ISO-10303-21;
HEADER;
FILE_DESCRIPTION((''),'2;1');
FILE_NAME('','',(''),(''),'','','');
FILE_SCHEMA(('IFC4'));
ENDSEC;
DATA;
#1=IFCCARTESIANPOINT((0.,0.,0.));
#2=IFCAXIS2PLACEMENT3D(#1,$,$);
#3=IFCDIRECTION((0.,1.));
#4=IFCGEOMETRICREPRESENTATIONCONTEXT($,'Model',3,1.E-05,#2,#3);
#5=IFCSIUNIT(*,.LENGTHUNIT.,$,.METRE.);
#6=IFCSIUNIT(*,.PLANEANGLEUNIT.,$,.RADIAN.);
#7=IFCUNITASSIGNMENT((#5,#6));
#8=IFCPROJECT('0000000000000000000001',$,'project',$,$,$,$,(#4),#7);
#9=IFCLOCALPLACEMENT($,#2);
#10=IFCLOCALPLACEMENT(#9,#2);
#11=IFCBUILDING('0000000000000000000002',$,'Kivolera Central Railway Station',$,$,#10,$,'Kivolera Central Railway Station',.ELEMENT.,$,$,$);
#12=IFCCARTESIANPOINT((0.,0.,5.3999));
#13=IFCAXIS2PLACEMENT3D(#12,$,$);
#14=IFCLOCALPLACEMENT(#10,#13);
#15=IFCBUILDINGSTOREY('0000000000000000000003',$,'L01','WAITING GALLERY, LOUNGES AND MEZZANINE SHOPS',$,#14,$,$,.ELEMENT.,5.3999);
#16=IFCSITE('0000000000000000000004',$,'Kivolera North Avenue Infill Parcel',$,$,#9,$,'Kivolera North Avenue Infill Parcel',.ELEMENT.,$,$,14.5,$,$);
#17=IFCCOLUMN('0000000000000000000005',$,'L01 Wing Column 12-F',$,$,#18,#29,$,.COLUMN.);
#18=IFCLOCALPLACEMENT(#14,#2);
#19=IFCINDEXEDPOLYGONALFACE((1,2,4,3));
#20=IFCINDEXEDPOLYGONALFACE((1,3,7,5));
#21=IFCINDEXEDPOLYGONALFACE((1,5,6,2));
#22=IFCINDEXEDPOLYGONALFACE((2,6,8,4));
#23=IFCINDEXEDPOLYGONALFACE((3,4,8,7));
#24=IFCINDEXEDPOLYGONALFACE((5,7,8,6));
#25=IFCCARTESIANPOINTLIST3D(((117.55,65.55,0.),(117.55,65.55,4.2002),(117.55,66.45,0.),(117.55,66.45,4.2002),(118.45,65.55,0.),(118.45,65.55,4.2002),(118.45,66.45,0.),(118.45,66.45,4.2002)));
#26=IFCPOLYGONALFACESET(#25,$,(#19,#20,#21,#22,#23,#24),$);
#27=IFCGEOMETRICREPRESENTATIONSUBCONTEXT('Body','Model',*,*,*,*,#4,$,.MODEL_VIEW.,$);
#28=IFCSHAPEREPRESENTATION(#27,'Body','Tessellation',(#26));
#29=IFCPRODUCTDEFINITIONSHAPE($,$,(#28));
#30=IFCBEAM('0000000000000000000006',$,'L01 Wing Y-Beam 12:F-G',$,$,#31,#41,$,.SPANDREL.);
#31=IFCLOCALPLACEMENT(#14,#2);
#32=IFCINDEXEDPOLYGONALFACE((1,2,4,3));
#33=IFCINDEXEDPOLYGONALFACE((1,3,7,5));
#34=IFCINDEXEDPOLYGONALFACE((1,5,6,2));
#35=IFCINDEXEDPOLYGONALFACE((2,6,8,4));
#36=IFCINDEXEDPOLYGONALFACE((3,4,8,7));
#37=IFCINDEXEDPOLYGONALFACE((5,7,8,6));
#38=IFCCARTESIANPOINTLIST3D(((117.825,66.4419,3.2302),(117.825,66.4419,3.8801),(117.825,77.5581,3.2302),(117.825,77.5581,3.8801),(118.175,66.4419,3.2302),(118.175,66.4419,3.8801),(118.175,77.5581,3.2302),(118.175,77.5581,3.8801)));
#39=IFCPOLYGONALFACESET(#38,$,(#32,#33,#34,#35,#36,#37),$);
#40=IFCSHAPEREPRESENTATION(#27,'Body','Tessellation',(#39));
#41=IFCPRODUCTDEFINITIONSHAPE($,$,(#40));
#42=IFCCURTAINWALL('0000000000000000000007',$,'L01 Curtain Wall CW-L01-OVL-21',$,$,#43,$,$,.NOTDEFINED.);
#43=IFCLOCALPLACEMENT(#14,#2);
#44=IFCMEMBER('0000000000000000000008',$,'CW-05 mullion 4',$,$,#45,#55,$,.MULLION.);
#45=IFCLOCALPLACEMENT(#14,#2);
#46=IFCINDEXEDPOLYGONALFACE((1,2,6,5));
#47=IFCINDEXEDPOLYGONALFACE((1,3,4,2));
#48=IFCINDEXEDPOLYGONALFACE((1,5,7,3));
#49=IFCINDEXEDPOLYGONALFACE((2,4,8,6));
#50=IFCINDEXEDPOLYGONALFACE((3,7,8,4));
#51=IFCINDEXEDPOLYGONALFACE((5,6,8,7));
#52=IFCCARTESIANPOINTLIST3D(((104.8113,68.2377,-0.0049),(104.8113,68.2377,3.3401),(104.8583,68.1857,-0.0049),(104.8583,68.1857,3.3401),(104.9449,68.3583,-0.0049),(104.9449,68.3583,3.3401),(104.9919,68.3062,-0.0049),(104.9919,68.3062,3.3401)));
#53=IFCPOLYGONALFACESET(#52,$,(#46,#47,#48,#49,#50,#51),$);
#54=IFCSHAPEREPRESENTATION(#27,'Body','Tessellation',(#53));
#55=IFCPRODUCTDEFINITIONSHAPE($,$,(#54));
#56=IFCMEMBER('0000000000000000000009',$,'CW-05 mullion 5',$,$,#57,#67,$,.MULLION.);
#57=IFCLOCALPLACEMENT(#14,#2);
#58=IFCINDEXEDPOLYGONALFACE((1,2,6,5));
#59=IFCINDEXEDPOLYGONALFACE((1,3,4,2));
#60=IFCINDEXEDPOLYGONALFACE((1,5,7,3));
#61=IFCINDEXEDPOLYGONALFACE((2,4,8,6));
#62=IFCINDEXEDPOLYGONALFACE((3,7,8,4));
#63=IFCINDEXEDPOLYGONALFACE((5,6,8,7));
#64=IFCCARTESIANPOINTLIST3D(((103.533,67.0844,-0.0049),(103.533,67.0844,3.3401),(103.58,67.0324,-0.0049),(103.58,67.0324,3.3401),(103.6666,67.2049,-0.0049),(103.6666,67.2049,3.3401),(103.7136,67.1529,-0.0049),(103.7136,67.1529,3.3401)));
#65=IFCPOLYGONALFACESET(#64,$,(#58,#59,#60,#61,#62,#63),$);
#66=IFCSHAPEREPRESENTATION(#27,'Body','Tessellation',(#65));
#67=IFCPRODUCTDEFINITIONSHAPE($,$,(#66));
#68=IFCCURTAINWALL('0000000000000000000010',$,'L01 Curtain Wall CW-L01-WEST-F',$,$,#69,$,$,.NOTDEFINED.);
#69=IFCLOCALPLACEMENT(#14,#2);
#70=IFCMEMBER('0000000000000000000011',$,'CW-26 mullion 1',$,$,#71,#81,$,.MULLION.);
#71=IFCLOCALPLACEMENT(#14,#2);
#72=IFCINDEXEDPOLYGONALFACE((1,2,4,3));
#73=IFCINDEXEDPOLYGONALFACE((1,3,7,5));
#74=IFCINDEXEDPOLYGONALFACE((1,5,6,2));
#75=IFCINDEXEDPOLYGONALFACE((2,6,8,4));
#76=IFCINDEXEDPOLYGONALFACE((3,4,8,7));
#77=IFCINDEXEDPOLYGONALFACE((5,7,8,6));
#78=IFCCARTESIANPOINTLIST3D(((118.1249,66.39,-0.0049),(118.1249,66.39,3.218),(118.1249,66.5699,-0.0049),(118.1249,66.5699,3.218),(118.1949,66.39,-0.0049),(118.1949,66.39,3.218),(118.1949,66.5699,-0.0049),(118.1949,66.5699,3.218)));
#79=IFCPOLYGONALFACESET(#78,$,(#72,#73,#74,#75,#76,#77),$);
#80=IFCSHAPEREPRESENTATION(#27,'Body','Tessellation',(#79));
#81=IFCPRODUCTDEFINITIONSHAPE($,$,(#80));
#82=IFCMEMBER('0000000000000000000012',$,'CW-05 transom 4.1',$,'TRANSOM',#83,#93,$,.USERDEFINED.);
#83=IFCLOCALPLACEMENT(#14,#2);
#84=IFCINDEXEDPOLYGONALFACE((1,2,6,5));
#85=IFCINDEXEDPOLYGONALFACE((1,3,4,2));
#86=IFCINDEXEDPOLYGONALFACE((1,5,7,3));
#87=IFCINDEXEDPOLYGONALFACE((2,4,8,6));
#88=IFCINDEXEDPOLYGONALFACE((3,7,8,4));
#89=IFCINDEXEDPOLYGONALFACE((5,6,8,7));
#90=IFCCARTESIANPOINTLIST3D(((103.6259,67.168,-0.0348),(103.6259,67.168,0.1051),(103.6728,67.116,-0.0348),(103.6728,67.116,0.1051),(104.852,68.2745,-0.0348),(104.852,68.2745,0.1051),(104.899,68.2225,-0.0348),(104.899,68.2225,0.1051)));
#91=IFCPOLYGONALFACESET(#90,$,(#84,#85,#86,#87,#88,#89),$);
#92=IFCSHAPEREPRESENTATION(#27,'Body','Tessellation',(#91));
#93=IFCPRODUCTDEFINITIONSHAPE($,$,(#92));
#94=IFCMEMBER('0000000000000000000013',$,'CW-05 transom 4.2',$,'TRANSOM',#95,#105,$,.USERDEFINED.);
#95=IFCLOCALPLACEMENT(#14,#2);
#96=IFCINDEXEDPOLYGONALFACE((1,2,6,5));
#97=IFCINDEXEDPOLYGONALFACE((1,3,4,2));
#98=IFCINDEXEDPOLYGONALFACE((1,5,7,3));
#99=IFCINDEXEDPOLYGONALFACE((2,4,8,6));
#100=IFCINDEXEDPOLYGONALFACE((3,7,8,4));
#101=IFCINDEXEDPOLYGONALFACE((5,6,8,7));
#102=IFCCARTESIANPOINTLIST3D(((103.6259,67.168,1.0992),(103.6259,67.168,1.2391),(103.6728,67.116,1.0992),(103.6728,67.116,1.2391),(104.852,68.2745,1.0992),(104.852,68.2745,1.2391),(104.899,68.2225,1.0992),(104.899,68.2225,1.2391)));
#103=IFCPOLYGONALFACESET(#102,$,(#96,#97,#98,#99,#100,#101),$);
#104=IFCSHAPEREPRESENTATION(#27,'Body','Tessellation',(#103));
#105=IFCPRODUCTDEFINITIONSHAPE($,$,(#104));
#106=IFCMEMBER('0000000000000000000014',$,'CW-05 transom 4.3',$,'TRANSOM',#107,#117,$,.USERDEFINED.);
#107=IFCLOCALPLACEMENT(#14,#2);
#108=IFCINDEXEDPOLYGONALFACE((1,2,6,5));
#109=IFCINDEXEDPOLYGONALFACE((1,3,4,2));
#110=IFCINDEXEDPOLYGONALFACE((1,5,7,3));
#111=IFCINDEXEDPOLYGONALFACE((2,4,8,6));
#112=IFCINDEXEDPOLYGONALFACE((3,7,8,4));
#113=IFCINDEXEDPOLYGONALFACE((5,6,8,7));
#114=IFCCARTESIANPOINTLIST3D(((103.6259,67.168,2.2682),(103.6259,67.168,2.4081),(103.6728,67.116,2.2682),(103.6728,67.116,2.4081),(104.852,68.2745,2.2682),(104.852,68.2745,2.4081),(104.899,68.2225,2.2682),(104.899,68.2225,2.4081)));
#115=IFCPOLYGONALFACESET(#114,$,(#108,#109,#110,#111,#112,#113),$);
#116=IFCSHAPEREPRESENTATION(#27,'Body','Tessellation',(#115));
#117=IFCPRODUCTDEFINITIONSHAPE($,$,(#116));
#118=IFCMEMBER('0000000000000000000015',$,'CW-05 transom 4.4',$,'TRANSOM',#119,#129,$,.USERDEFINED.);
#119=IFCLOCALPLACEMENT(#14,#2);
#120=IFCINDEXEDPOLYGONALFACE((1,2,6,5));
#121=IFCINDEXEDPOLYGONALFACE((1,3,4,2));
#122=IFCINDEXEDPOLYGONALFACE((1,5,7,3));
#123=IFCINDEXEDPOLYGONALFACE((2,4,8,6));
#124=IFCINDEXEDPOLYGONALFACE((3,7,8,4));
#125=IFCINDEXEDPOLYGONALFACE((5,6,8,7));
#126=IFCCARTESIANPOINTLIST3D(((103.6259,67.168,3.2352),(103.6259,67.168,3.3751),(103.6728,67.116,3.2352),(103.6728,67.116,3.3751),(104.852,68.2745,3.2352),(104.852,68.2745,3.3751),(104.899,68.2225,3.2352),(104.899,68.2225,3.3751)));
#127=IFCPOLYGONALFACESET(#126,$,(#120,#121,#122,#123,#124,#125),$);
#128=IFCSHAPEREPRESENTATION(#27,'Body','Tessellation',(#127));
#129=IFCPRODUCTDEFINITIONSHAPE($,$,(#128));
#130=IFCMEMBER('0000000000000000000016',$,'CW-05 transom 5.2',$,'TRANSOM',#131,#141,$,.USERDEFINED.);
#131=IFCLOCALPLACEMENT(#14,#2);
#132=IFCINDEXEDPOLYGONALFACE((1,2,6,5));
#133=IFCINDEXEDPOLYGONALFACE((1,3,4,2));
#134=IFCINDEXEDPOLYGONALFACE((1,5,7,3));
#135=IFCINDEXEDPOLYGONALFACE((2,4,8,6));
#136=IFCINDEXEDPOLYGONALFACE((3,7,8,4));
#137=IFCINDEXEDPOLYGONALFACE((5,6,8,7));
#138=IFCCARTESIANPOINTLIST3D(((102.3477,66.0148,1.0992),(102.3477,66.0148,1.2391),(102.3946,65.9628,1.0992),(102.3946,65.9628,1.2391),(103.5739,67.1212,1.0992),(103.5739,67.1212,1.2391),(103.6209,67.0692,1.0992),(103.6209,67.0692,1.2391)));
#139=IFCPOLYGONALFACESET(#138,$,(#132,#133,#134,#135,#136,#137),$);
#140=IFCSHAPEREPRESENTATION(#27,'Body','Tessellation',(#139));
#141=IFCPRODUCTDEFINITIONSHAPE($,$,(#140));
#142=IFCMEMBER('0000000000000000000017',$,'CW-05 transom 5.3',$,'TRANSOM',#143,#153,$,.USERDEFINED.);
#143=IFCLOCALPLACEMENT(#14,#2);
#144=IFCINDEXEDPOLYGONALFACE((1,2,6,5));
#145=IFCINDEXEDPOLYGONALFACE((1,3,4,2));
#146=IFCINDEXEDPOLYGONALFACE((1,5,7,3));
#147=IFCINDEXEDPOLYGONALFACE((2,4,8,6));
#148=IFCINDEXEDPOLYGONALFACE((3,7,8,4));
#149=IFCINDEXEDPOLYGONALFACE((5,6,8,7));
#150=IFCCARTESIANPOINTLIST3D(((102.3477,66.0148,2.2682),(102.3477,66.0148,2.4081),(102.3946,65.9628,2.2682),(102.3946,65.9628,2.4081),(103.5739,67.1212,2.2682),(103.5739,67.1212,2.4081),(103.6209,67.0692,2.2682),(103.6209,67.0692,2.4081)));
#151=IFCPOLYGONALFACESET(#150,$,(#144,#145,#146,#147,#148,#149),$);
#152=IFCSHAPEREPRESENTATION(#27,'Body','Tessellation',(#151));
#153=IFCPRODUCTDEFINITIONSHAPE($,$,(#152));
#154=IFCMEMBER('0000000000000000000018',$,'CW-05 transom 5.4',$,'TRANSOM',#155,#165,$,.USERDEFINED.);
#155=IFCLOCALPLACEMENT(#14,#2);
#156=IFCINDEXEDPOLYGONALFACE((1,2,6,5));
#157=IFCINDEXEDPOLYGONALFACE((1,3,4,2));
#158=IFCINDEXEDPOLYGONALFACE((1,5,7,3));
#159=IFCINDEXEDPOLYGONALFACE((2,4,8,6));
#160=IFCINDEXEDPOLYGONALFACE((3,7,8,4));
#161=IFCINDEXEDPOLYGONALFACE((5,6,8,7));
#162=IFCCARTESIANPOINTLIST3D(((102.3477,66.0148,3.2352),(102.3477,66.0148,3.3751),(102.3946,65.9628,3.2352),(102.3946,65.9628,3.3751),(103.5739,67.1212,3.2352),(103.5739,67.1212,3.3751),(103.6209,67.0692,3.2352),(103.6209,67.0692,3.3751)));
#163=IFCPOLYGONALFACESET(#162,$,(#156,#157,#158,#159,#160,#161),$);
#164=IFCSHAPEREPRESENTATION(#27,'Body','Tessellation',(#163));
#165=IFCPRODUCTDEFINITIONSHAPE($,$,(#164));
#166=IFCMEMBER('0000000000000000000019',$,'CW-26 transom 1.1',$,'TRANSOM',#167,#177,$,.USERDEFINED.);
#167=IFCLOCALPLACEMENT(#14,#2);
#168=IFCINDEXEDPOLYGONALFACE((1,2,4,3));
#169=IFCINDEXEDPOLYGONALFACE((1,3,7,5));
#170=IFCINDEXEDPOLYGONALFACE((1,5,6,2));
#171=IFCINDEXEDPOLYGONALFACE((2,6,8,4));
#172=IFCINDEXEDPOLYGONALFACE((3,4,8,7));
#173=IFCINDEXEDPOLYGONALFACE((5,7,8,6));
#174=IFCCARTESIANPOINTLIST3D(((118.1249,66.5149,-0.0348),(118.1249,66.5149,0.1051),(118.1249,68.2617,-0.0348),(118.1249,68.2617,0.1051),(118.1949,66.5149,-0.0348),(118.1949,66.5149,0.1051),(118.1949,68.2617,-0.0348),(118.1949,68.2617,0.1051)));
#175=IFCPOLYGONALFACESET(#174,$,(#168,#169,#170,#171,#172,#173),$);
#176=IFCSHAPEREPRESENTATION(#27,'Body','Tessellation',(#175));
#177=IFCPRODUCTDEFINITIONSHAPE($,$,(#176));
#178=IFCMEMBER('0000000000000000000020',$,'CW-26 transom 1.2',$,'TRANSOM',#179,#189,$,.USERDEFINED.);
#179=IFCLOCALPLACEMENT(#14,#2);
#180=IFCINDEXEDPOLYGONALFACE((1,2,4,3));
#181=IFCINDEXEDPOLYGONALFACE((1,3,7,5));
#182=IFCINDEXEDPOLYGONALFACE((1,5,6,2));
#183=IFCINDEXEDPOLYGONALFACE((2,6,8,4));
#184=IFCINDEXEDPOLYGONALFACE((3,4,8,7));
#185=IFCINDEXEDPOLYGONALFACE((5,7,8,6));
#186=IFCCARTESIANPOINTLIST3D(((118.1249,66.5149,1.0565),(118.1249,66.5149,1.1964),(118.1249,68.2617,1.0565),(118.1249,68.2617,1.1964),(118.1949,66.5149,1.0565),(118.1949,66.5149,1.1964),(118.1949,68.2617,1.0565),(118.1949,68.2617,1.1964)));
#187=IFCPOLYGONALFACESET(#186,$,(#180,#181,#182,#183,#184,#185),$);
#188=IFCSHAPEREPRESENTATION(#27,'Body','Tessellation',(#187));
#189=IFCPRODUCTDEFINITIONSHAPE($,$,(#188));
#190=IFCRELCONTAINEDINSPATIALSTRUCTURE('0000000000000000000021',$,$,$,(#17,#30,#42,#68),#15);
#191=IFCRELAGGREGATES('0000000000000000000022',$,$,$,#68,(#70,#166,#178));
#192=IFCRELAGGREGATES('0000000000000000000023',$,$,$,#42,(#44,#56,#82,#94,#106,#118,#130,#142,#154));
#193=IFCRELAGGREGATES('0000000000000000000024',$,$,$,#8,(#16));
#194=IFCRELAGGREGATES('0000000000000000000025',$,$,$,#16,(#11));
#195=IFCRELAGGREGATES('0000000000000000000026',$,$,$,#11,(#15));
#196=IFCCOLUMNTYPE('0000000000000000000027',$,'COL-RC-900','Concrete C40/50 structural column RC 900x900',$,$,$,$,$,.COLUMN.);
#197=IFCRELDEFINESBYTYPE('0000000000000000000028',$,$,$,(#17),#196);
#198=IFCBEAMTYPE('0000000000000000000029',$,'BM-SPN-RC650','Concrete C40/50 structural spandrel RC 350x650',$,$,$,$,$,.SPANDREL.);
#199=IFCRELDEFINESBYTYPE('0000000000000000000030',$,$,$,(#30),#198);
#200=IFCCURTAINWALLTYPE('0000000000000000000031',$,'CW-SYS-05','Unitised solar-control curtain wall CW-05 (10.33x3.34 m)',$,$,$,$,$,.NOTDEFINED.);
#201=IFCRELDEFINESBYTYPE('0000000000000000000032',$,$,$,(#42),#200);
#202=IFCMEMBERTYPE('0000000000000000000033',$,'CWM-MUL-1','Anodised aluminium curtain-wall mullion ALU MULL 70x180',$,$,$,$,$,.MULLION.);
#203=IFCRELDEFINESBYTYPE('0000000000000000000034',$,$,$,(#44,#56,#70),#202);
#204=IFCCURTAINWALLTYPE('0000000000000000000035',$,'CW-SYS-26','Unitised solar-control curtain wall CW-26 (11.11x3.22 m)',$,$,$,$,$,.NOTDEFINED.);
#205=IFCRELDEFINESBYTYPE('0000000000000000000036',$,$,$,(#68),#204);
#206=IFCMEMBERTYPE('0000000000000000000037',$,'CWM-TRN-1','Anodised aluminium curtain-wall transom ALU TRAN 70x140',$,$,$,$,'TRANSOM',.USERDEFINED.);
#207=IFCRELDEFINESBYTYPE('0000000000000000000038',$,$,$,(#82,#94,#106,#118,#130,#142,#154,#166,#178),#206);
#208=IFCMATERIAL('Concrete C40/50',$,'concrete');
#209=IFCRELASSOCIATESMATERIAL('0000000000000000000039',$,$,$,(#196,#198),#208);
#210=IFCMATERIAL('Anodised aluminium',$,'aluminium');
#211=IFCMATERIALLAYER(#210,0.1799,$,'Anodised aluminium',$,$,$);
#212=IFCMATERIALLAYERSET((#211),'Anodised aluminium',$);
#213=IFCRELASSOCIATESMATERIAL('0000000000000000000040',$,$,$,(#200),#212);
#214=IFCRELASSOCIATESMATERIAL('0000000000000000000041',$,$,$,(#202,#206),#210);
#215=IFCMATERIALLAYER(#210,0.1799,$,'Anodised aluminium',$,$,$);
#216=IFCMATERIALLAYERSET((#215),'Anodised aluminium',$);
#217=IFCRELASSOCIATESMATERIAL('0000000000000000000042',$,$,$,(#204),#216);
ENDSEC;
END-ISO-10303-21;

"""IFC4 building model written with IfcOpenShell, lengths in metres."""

from ifc_helpers import new_model, si_unit, direction, frame, origin, origin_2d, place, context, subcontext, project, spatial, rectangle, extrude, material, layer, layer_set, material_profile, profile_set, type_object, element, aggregate, save


model = new_model("IFC4")

# Units and contexts
model_context = context("Model", 3, precision=1e-05, world=origin(), true_north=direction((0.0, 1.0)))
body_context = subcontext(model_context, "Body", "Model", "MODEL_VIEW")
ifc_project = project(units=[si_unit("LENGTHUNIT", "METRE"), si_unit("PLANEANGLEUNIT", "RADIAN")], contexts=[model_context])

# Site, building, storey
site_placement = place(None, origin())
site = spatial("IfcSite", under=ifc_project, at=site_placement, Name="Kivolera North Avenue Infill Parcel", LongName="Kivolera North Avenue Infill Parcel", CompositionType="ELEMENT", RefElevation=14.5)
building_placement = place(site_placement, origin())
building = spatial("IfcBuilding", under=site, at=building_placement, Name="Kivolera Central Railway Station", LongName="Kivolera Central Railway Station", CompositionType="ELEMENT")
storey_placement = place(building_placement, frame((0.0, 0.0, 5.3999)))
storey = spatial("IfcBuildingStorey", under=building, at=storey_placement, Name="L01", Description="WAITING GALLERY, LOUNGES AND MEZZANINE SHOPS", CompositionType="ELEMENT", Elevation=5.3999)

# Column
ifc_material_1 = material(Name="Concrete C40/50", Category="concrete")
ifc_material_profile_1 = material_profile(ifc_material_1, rectangle(XDim=0.8999, YDim=0.8999, at=origin_2d()), Name="RC 900x900")
ifc_profile_set_1 = profile_set([ifc_material_profile_1], Name="Concrete C40/50")
column_type = type_object("IfcColumnType", Name="COL-RC-900", Description="Concrete C40/50 structural column RC 900x900", PredefinedType="COLUMN", material=ifc_profile_set_1)
column_placement = place(storey_placement, frame((118.0, 66.0, 0.0), z_axis=(0.0, 0.0, 1.0), x_axis=(1.0, 0.0, 0.0)))
element("IfcColumn", 1, at=column_placement, inside=storey, type_object=column_type, Name="L01 Wing Column 12-F", PredefinedType="COLUMN", context=body_context, shape_type="SweptSolid", body=[
    extrude(rectangle(XDim=0.8999, YDim=0.8999, at=origin_2d()), origin(), (0.0, 0.0, 1.0), 4.2002),
])

# Beam
ifc_material_profile_2 = material_profile(ifc_material_1, rectangle(XDim=0.3501, YDim=0.6499, at=origin_2d()), Name="RC 350x650")
ifc_profile_set_2 = profile_set([ifc_material_profile_2], Name="Concrete C40/50")
beam_type = type_object("IfcBeamType", Name="BM-SPN-RC650", Description="Concrete C40/50 structural spandrel RC 350x650", PredefinedType="SPANDREL", material=ifc_profile_set_2)
beam_placement = place(storey_placement, frame((118.0, 66.4419, 3.5552), z_axis=(0.0, 1.0, 0.0), x_axis=(-1.0, 0.0, 0.0)))
element("IfcBeam", 2, at=beam_placement, inside=storey, type_object=beam_type, Name="L01 Wing Y-Beam 12:F-G", PredefinedType="SPANDREL", context=body_context, shape_type="SweptSolid", body=[
    extrude(rectangle(XDim=0.3501, YDim=0.6499, at=origin_2d()), origin(), (0.0, 0.0, 1.0), 11.1162),
])

# Curtain wall, members
ifc_material_2 = material(Name="Anodised aluminium", Category="aluminium")
ifc_layer_1 = layer(ifc_material_2, 0.1799, Name="Anodised aluminium")
ifc_layer_set_1 = layer_set([ifc_layer_1], Name="Anodised aluminium")
curtain_wall_type_1 = type_object("IfcCurtainWallType", Name="CW-SYS-05", Description="Unitised solar-control curtain wall CW-05 (10.33x3.34 m)", PredefinedType="NOTDEFINED", material=ifc_layer_set_1)
curtain_wall_1_placement = place(storey_placement, origin())
curtain_wall_1 = element("IfcCurtainWall", 3, at=curtain_wall_1_placement, inside=storey, type_object=curtain_wall_type_1, Name="L01 Curtain Wall CW-L01-OVL-21", PredefinedType="NOTDEFINED")
ifc_material_profile_3 = material_profile(ifc_material_2, rectangle(XDim=0.0701, YDim=0.1799, at=origin_2d()), Name="ALU MULL 70x180")
ifc_profile_set_3 = profile_set([ifc_material_profile_3], Name="Anodised aluminium")
member_type_1 = type_object("IfcMemberType", Name="CWM-MUL-1", Description="Anodised aluminium curtain-wall mullion ALU MULL 70x180", PredefinedType="MULLION", material=ifc_profile_set_3)
member_1_placement = place(storey_placement, frame((104.9016, 68.272, -0.0049), z_axis=(0.0, 0.0, 1.0), x_axis=(0.669922, -0.742432, 0.0)))
member_1 = element("IfcMember", 4, at=member_1_placement, type_object=member_type_1, Name="CW-05 mullion 4", PredefinedType="MULLION", context=body_context, shape_type="SweptSolid", body=[
    extrude(rectangle(XDim=0.0701, YDim=0.1799, at=origin_2d()), origin(), (0.0, 0.0, 1.0), 3.345),
])
member_2_placement = place(storey_placement, frame((103.6233, 67.1187, -0.0049), z_axis=(0.0, 0.0, 1.0), x_axis=(0.669922, -0.742432, 0.0)))
member_2 = element("IfcMember", 5, at=member_2_placement, type_object=member_type_1, Name="CW-05 mullion 5", PredefinedType="MULLION", context=body_context, shape_type="SweptSolid", body=[
    extrude(rectangle(XDim=0.0701, YDim=0.1799, at=origin_2d()), origin(), (0.0, 0.0, 1.0), 3.345),
])

# Curtain wall, member
ifc_layer_2 = layer(ifc_material_2, 0.1799, Name="Anodised aluminium")
ifc_layer_set_2 = layer_set([ifc_layer_2], Name="Anodised aluminium")
curtain_wall_type_2 = type_object("IfcCurtainWallType", Name="CW-SYS-26", Description="Unitised solar-control curtain wall CW-26 (11.11x3.22 m)", PredefinedType="NOTDEFINED", material=ifc_layer_set_2)
curtain_wall_2_placement = place(storey_placement, origin())
curtain_wall_2 = element("IfcCurtainWall", 6, at=curtain_wall_2_placement, inside=storey, type_object=curtain_wall_type_2, Name="L01 Curtain Wall CW-L01-WEST-F", PredefinedType="NOTDEFINED")
member_3_placement = place(storey_placement, frame((118.1599, 66.48, -0.0049), z_axis=(0.0, 0.0, 1.0), x_axis=(-1.0, 0.0, 0.0)))
member_3 = element("IfcMember", 7, at=member_3_placement, type_object=member_type_1, Name="CW-26 mullion 1", PredefinedType="MULLION", context=body_context, shape_type="SweptSolid", body=[
    extrude(rectangle(XDim=0.0701, YDim=0.1799, at=origin_2d()), origin(), (0.0, 0.0, 1.0), 3.2229),
])

# Members
ifc_material_profile_4 = material_profile(ifc_material_2, rectangle(XDim=0.0701, YDim=0.1399, at=origin_2d()), Name="ALU TRAN 70x140")
ifc_profile_set_4 = profile_set([ifc_material_profile_4], Name="Anodised aluminium")
member_type_2 = type_object("IfcMemberType", Name="CWM-TRN-1", Description="Anodised aluminium curtain-wall transom ALU TRAN 70x140", ElementType="TRANSOM", PredefinedType="USERDEFINED", material=ifc_profile_set_4)
member_4_placement = place(storey_placement, frame((104.8755, 68.2485, 0.0352), z_axis=(-0.742397, -0.669961, 0.0), x_axis=(0.669961, -0.742397, 0.0)))
member_4 = element("IfcMember", 8, at=member_4_placement, type_object=member_type_2, Name="CW-05 transom 4.1", ObjectType="TRANSOM", PredefinedType="USERDEFINED", context=body_context, shape_type="SweptSolid", body=[
    extrude(rectangle(XDim=0.0701, YDim=0.1399, at=origin_2d()), origin(), (0.0, 0.0, 1.0), 1.6516),
])
member_5_placement = place(storey_placement, frame((104.8755, 68.2485, 1.1692), z_axis=(-0.742397, -0.669961, 0.0), x_axis=(0.669961, -0.742397, 0.0)))
member_5 = element("IfcMember", 9, at=member_5_placement, type_object=member_type_2, Name="CW-05 transom 4.2", ObjectType="TRANSOM", PredefinedType="USERDEFINED", context=body_context, shape_type="SweptSolid", body=[
    extrude(rectangle(XDim=0.0701, YDim=0.1399, at=origin_2d()), origin(), (0.0, 0.0, 1.0), 1.6516),
])
member_6_placement = place(storey_placement, frame((104.8755, 68.2485, 2.3381), z_axis=(-0.742397, -0.669961, 0.0), x_axis=(0.669961, -0.742397, 0.0)))
member_6 = element("IfcMember", 10, at=member_6_placement, type_object=member_type_2, Name="CW-05 transom 4.3", ObjectType="TRANSOM", PredefinedType="USERDEFINED", context=body_context, shape_type="SweptSolid", body=[
    extrude(rectangle(XDim=0.0701, YDim=0.1399, at=origin_2d()), origin(), (0.0, 0.0, 1.0), 1.6516),
])
member_7_placement = place(storey_placement, frame((104.8755, 68.2485, 3.3052), z_axis=(-0.742397, -0.669961, 0.0), x_axis=(0.669961, -0.742397, 0.0)))
member_7 = element("IfcMember", 11, at=member_7_placement, type_object=member_type_2, Name="CW-05 transom 4.4", ObjectType="TRANSOM", PredefinedType="USERDEFINED", context=body_context, shape_type="SweptSolid", body=[
    extrude(rectangle(XDim=0.0701, YDim=0.1399, at=origin_2d()), origin(), (0.0, 0.0, 1.0), 1.6516),
])
member_8_placement = place(storey_placement, frame((103.5974, 67.0952, 1.1692), z_axis=(-0.742463, -0.669887, 0.0), x_axis=(0.669887, -0.742463, 0.0)))
member_8 = element("IfcMember", 12, at=member_8_placement, type_object=member_type_2, Name="CW-05 transom 5.2", ObjectType="TRANSOM", PredefinedType="USERDEFINED", context=body_context, shape_type="SweptSolid", body=[
    extrude(rectangle(XDim=0.0701, YDim=0.1399, at=origin_2d()), origin(), (0.0, 0.0, 1.0), 1.6516),
])
member_9_placement = place(storey_placement, frame((103.5974, 67.0952, 2.3381), z_axis=(-0.742463, -0.669887, 0.0), x_axis=(0.669887, -0.742463, 0.0)))
member_9 = element("IfcMember", 13, at=member_9_placement, type_object=member_type_2, Name="CW-05 transom 5.3", ObjectType="TRANSOM", PredefinedType="USERDEFINED", context=body_context, shape_type="SweptSolid", body=[
    extrude(rectangle(XDim=0.0701, YDim=0.1399, at=origin_2d()), origin(), (0.0, 0.0, 1.0), 1.6516),
])
member_10_placement = place(storey_placement, frame((103.5974, 67.0952, 3.3052), z_axis=(-0.742463, -0.669887, 0.0), x_axis=(0.669887, -0.742463, 0.0)))
member_10 = element("IfcMember", 14, at=member_10_placement, type_object=member_type_2, Name="CW-05 transom 5.4", ObjectType="TRANSOM", PredefinedType="USERDEFINED", context=body_context, shape_type="SweptSolid", body=[
    extrude(rectangle(XDim=0.0701, YDim=0.1399, at=origin_2d()), origin(), (0.0, 0.0, 1.0), 1.6516),
])
member_11_placement = place(storey_placement, frame((118.1599, 66.5149, 0.0352), z_axis=(0.0, 1.0, 0.0), x_axis=(-1.0, 0.0, 0.0)))
member_11 = element("IfcMember", 15, at=member_11_placement, type_object=member_type_2, Name="CW-26 transom 1.1", ObjectType="TRANSOM", PredefinedType="USERDEFINED", context=body_context, shape_type="SweptSolid", body=[
    extrude(rectangle(XDim=0.0701, YDim=0.1399, at=origin_2d()), origin(), (0.0, 0.0, 1.0), 1.7468),
])
member_12_placement = place(storey_placement, frame((118.1599, 66.5149, 1.1265), z_axis=(0.0, 1.0, 0.0), x_axis=(-1.0, 0.0, 0.0)))
member_12 = element("IfcMember", 16, at=member_12_placement, type_object=member_type_2, Name="CW-26 transom 1.2", ObjectType="TRANSOM", PredefinedType="USERDEFINED", context=body_context, shape_type="SweptSolid", body=[
    extrude(rectangle(XDim=0.0701, YDim=0.1399, at=origin_2d()), origin(), (0.0, 0.0, 1.0), 1.7468),
])
aggregate(curtain_wall_2, [member_3, member_11, member_12])

aggregate(curtain_wall_1, [member_1, member_2, member_4, member_5, member_6, member_7, member_8, member_9, member_10])

save(model, "model.ifc")
